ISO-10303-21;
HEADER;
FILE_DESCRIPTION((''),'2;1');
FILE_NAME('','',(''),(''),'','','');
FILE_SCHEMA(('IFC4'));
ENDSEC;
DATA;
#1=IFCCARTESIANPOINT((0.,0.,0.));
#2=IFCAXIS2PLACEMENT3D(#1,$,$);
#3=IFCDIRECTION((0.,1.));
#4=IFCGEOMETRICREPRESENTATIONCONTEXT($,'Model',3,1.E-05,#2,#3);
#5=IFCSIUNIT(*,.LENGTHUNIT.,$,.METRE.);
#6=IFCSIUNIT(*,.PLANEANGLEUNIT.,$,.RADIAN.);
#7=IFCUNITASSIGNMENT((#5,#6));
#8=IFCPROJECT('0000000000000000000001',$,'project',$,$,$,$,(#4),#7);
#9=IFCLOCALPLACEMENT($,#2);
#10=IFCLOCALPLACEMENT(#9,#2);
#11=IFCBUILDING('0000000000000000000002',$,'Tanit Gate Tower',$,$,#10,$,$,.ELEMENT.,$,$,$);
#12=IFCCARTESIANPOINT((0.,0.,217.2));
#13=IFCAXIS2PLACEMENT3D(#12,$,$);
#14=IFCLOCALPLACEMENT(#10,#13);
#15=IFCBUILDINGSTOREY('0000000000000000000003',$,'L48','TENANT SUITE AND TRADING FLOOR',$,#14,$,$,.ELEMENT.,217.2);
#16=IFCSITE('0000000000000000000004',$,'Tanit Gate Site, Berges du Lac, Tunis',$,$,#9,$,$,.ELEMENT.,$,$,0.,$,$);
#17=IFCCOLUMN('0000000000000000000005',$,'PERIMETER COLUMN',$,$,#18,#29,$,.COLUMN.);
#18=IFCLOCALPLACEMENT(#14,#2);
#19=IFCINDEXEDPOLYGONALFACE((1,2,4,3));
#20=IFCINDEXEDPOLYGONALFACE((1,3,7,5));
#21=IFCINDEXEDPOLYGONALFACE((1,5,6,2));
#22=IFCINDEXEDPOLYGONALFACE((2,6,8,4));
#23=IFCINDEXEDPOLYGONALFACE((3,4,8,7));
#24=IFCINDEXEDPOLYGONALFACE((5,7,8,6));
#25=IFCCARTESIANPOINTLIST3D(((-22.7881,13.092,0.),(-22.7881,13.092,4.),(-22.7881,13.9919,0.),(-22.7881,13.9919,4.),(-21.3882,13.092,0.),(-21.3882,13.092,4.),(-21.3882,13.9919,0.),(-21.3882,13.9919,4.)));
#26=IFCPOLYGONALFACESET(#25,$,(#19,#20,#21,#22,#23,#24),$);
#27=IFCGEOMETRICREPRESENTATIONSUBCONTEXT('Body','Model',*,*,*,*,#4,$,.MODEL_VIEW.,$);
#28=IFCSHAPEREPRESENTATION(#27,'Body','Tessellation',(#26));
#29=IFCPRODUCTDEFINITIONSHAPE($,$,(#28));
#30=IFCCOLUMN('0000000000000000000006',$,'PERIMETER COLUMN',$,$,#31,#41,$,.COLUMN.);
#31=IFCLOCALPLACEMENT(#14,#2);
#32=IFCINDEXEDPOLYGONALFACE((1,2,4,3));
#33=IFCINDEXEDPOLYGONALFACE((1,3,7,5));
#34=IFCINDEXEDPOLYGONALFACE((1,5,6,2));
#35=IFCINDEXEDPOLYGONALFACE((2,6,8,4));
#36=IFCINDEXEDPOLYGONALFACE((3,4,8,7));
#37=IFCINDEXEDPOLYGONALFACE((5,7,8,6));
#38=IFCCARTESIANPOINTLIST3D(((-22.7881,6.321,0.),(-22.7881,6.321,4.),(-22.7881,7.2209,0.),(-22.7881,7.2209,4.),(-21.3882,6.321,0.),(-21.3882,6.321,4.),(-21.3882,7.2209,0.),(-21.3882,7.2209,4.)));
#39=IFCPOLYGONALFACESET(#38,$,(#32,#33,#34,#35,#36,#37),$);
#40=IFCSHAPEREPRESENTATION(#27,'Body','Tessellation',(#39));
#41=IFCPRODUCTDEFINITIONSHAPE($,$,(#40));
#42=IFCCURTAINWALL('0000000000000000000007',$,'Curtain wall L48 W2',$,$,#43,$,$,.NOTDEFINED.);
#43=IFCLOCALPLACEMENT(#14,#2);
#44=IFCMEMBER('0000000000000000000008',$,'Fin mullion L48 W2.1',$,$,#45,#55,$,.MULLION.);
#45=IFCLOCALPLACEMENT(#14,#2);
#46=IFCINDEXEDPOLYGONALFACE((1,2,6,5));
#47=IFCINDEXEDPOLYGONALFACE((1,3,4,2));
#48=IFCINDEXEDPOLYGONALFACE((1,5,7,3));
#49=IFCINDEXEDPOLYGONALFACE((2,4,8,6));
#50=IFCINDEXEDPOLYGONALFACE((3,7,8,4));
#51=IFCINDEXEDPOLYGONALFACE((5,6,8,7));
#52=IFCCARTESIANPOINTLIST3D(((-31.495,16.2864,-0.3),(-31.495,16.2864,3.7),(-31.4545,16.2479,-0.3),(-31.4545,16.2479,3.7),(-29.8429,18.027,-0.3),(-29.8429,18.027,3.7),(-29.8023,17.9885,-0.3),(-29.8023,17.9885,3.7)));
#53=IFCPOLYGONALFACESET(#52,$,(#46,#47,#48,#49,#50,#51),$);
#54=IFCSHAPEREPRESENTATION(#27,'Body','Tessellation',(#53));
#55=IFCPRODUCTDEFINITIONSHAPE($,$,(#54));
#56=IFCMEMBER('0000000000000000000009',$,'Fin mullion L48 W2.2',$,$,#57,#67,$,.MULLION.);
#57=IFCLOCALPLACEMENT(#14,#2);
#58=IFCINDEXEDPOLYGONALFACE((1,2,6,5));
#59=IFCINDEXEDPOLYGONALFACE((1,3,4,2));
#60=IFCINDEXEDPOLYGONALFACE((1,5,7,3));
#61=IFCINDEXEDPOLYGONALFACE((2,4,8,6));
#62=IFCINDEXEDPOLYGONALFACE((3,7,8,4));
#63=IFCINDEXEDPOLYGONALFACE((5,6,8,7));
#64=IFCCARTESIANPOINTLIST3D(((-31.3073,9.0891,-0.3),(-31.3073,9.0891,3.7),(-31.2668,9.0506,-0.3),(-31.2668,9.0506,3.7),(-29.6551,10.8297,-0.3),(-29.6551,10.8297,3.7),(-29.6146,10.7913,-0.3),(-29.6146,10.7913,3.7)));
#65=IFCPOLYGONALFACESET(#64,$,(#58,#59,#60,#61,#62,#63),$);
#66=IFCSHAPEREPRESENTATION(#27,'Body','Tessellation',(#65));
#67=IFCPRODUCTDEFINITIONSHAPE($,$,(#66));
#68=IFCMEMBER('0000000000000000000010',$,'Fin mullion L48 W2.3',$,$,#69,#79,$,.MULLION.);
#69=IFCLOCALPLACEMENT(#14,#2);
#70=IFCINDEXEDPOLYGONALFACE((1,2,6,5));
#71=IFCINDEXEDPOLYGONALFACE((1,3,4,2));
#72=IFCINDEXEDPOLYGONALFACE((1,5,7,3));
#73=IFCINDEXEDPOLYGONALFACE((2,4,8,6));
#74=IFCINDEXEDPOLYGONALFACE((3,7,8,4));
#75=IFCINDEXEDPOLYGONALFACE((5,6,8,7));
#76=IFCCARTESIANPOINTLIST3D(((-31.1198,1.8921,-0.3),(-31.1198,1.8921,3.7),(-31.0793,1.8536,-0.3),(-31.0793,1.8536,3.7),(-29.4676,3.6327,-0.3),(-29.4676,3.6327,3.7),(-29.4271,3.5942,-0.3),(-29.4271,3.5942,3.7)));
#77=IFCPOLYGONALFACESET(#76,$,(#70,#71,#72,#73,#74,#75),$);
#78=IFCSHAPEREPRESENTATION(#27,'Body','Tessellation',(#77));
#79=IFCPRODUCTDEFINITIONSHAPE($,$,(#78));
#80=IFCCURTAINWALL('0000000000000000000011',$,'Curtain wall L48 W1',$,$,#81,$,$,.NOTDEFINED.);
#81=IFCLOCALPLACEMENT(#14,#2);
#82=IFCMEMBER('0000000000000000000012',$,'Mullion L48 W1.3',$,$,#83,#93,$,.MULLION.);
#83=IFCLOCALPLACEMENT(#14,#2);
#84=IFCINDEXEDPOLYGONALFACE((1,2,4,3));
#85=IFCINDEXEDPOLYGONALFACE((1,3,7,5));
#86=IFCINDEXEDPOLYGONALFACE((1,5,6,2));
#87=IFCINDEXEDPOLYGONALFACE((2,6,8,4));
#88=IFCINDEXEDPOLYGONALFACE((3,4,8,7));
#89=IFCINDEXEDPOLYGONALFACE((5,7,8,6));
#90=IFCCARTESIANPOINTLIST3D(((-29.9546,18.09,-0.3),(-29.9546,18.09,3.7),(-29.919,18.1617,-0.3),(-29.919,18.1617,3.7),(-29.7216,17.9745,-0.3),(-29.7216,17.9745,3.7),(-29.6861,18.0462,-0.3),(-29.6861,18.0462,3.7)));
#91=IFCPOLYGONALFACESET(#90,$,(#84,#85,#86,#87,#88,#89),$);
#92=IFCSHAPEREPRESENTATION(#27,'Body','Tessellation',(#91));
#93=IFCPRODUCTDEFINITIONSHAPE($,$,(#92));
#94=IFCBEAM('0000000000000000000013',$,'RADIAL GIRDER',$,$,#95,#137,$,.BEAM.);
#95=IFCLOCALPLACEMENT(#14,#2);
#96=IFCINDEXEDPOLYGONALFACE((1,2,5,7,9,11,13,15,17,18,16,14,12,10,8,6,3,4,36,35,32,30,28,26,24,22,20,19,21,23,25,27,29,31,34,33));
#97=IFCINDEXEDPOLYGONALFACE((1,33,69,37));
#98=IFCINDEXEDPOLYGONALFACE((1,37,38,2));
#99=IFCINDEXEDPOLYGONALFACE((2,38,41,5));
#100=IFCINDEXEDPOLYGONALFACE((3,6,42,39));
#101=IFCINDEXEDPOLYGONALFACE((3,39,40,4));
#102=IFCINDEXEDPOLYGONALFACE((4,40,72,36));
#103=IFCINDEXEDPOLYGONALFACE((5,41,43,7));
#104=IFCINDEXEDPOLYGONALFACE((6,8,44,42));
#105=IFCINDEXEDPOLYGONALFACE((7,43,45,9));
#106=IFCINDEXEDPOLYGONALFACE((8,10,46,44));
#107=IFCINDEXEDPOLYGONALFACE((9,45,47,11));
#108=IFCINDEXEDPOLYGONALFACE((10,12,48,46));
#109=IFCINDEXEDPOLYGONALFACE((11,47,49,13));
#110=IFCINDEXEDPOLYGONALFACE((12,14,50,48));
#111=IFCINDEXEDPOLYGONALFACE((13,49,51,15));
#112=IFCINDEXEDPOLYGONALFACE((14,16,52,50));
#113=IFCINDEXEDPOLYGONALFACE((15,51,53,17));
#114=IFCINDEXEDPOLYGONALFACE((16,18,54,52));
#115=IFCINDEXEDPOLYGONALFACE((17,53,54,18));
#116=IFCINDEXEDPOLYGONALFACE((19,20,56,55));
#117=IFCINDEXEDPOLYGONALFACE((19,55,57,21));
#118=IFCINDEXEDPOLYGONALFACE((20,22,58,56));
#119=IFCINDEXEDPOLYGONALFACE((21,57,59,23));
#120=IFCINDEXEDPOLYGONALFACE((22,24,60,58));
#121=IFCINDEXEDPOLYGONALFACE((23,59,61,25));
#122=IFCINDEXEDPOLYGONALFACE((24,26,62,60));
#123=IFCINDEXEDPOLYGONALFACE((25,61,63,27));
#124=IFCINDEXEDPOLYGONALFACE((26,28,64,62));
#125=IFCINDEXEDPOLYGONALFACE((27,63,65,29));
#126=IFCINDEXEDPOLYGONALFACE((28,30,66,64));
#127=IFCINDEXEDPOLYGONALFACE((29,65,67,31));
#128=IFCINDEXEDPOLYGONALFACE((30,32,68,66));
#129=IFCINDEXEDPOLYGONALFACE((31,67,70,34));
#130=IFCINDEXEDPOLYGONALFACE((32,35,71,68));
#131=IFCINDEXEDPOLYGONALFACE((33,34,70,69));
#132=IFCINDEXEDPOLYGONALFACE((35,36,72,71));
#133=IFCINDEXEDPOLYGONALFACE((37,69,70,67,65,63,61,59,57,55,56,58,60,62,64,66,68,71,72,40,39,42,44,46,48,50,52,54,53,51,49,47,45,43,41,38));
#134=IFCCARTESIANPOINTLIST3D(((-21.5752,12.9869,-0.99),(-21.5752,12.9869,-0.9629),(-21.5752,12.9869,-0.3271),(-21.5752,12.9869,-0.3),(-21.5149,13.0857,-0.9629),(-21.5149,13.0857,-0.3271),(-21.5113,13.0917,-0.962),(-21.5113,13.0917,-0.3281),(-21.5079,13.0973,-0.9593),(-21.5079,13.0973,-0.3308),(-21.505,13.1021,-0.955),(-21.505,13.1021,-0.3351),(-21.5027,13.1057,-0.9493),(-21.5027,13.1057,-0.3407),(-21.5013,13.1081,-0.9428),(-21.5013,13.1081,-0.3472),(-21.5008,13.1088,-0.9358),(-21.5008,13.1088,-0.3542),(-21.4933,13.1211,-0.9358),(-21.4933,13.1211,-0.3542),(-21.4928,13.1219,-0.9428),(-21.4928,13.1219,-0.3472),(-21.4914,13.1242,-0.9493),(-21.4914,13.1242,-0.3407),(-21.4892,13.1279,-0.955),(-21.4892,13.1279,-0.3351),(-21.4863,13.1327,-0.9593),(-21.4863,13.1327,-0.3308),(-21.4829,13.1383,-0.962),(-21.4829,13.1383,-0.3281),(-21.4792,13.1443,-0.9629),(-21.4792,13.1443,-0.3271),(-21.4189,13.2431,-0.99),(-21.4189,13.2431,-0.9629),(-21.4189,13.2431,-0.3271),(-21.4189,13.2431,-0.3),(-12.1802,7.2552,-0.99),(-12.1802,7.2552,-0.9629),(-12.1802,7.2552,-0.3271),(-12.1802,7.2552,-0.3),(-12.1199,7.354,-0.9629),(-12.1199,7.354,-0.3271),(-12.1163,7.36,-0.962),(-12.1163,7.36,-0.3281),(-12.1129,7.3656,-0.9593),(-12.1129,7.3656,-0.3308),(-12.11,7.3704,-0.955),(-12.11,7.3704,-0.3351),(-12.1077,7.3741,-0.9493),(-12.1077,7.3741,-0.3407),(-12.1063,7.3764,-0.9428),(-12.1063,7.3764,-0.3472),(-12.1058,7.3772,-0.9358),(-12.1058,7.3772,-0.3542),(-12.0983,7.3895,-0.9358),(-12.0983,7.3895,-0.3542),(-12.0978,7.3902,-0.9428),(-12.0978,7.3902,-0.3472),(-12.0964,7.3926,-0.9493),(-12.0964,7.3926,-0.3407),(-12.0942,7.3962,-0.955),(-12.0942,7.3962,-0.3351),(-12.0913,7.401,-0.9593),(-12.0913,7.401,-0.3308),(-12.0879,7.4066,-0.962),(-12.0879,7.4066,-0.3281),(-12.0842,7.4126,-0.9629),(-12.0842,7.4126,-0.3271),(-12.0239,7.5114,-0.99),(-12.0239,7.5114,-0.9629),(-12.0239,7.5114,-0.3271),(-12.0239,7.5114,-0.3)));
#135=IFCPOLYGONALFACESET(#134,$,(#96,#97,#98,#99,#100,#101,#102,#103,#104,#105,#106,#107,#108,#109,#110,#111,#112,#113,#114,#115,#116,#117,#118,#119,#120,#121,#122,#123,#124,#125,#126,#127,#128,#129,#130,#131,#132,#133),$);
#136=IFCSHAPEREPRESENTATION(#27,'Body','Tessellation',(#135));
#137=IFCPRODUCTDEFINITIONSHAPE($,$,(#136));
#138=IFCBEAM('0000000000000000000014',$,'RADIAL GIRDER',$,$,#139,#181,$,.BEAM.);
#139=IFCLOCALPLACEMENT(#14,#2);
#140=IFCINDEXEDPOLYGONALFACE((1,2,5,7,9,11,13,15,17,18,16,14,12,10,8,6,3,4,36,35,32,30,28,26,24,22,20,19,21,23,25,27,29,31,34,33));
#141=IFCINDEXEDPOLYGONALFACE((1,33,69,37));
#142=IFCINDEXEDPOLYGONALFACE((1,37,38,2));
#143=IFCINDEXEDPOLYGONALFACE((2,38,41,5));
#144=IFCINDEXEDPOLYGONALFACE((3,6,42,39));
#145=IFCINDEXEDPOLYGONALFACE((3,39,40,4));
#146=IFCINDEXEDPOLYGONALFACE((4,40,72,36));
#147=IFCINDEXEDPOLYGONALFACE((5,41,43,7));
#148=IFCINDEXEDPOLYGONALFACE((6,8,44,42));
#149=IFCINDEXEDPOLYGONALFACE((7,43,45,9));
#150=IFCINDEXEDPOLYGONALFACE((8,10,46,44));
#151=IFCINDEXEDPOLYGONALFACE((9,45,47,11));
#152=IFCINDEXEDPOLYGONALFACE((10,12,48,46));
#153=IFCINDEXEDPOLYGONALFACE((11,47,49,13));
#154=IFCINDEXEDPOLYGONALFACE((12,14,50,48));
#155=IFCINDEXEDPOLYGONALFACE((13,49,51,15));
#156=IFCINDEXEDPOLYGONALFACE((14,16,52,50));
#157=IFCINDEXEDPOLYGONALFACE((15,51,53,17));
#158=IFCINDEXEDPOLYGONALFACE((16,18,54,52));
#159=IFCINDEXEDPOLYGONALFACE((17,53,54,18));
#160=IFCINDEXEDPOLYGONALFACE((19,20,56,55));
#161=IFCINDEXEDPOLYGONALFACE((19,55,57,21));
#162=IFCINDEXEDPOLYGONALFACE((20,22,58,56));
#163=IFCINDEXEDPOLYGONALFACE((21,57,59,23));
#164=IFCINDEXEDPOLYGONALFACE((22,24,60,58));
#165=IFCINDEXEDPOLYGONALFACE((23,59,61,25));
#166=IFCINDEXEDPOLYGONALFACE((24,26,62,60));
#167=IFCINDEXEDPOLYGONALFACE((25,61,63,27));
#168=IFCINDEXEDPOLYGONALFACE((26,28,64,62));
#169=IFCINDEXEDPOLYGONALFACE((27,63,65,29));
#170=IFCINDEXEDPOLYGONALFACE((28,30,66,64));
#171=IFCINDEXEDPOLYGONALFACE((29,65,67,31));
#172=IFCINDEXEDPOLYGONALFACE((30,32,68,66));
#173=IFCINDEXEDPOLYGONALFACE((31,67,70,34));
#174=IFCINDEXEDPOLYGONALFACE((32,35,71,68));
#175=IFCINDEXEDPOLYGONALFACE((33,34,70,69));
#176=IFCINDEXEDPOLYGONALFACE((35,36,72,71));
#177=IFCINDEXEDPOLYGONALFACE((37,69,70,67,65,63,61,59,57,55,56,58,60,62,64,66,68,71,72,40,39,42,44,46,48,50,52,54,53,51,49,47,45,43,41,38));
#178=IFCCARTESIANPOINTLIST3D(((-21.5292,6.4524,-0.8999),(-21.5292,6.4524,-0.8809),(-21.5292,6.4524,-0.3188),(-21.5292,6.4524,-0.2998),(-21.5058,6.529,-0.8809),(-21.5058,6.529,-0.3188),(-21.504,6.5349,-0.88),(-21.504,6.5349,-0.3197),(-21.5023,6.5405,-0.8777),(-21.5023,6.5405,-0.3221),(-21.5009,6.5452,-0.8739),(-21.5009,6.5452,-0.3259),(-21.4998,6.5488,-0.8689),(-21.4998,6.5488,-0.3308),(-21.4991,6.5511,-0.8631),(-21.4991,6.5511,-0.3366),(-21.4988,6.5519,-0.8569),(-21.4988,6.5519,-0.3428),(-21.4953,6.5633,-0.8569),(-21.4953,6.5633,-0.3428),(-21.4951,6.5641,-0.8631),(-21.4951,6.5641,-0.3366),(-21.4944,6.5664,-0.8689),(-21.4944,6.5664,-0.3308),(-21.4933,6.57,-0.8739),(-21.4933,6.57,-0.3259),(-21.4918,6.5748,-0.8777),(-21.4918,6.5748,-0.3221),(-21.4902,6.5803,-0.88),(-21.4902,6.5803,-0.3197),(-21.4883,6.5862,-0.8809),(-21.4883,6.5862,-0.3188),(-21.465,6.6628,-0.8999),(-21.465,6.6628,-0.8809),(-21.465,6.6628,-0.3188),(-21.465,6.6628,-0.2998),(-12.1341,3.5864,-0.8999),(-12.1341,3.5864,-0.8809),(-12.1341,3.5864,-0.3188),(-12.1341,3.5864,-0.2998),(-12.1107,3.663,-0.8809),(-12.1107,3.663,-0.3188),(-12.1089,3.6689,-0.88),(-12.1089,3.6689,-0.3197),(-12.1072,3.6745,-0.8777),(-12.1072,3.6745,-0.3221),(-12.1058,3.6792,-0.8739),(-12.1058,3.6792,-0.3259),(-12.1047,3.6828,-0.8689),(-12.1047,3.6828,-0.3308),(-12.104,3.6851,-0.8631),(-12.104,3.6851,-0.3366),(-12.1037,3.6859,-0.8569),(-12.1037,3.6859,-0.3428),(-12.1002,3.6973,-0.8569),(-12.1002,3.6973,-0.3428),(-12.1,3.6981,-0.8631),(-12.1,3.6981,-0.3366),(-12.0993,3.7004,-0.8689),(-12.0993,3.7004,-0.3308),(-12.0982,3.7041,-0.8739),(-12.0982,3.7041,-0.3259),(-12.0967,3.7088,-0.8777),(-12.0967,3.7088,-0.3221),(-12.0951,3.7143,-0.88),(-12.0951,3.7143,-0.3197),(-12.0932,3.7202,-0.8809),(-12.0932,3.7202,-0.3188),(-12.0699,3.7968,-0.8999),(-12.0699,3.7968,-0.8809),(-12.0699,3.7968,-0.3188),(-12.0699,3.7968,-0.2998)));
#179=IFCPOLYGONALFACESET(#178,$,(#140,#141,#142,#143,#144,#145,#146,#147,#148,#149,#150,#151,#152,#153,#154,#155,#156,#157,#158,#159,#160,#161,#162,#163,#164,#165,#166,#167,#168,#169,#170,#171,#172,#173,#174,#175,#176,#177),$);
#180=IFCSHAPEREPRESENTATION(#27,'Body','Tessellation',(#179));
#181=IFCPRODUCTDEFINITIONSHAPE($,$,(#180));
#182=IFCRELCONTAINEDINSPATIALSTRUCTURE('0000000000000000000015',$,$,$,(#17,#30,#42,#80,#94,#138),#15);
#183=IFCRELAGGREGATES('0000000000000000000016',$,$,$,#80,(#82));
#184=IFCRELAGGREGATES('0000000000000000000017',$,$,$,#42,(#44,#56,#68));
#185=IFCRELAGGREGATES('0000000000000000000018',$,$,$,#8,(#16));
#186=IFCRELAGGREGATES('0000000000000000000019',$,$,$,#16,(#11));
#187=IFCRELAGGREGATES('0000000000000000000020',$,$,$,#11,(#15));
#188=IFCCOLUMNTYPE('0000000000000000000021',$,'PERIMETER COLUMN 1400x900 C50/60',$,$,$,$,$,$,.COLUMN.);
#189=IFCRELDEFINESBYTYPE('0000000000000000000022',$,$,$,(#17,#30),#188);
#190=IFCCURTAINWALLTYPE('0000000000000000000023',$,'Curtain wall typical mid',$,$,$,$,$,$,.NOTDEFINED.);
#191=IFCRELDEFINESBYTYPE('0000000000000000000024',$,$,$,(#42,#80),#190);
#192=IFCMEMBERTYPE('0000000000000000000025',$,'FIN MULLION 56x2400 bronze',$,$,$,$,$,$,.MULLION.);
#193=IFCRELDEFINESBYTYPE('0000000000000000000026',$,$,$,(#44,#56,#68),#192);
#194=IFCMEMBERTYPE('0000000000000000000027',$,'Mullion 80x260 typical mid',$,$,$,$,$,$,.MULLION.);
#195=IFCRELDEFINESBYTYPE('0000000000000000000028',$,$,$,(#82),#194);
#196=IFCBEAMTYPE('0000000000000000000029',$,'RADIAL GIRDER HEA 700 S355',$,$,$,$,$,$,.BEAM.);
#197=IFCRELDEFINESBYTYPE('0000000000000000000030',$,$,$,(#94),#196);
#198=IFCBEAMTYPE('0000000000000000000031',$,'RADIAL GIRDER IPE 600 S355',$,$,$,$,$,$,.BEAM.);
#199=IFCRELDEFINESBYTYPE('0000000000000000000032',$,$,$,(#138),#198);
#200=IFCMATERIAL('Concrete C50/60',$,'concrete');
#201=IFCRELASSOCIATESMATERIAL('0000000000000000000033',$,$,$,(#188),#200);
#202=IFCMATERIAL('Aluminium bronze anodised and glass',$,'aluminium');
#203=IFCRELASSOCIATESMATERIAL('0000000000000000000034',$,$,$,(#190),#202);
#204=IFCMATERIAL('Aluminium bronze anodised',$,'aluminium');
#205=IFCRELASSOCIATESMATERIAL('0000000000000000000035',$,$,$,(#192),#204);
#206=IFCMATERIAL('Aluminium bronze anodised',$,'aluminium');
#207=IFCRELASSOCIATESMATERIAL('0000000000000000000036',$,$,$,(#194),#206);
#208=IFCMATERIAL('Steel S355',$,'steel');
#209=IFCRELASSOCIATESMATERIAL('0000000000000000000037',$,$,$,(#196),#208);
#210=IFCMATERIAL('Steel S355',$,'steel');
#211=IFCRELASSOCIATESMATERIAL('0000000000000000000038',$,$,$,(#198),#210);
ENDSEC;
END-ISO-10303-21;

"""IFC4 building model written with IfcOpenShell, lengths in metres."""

from ifc_helpers import new_model, si_unit, direction, frame, origin, origin_2d, place, context, subcontext, project, spatial, rectangle, i_section, extrude, material, material_profile, profile_set, type_object, element, aggregate, save


model = new_model("IFC4")

# Units and contexts
model_context = context("Model", 3, precision=1e-05, world=origin(), true_north=direction((0.0, 1.0)))
body_context = subcontext(model_context, "Body", "Model", "MODEL_VIEW")
ifc_project = project(units=[si_unit("LENGTHUNIT", "METRE"), si_unit("PLANEANGLEUNIT", "RADIAN")], contexts=[model_context])

# Site, building, storey
site_placement = place(None, origin())
site = spatial("IfcSite", under=ifc_project, at=site_placement, Name="Tanit Gate Site, Berges du Lac, Tunis", CompositionType="ELEMENT", RefElevation=0.0)
building_placement = place(site_placement, origin())
building = spatial("IfcBuilding", under=site, at=building_placement, Name="Tanit Gate Tower", CompositionType="ELEMENT")
storey_placement = place(building_placement, frame((0.0, 0.0, 217.2)))
storey = spatial("IfcBuildingStorey", under=building, at=storey_placement, Name="L48", Description="TENANT SUITE AND TRADING FLOOR", CompositionType="ELEMENT", Elevation=217.2)

# Columns
ifc_material_1 = material(Name="Concrete C50/60", Category="concrete")
ifc_material_profile_1 = material_profile(ifc_material_1, rectangle(XDim=1.3999, YDim=0.8999, at=origin_2d()), Name="RC 1400x900")
ifc_profile_set_1 = profile_set([ifc_material_profile_1], Name="Concrete C50/60")
column_type = type_object("IfcColumnType", Name="PERIMETER COLUMN 1400x900 C50/60", PredefinedType="COLUMN", material=ifc_profile_set_1)
for number, where, z_axis, x_axis, name in (
    (1, (-22.0881, 13.542, 0.0), (0.0, 0.0, 1.0), (-1.0, 0.0, 0.0), "PERIMETER COLUMN"),
    (2, (-22.0881, 6.771, 0.0), (0.0, 0.0, 1.0), (-1.0, 0.0, 0.0), "PERIMETER COLUMN"),
):
    element("IfcColumn", number, at=place(storey_placement, frame(where, z_axis=z_axis, x_axis=x_axis)), inside=storey, type_object=column_type, Name=name, PredefinedType="COLUMN", context=body_context, shape_type="SweptSolid", body=[
        extrude(rectangle(XDim=1.3999, YDim=0.8999, at=origin_2d()), origin(), (0.0, 0.0, 1.0), 4.0),
    ])

# Curtain wall, members
ifc_material_2 = material(Name="Aluminium bronze anodised and glass", Category="aluminium")
curtain_wall_type = type_object("IfcCurtainWallType", Name="Curtain wall typical mid", PredefinedType="NOTDEFINED", material=ifc_material_2)
curtain_wall_1_placement = place(storey_placement, origin())
curtain_wall_1 = element("IfcCurtainWall", 3, at=curtain_wall_1_placement, inside=storey, type_object=curtain_wall_type, Name="Curtain wall L48 W2", PredefinedType="NOTDEFINED")
ifc_material_3 = material(Name="Aluminium bronze anodised", Category="aluminium")
ifc_material_profile_2 = material_profile(ifc_material_3, rectangle(XDim=2.3999, YDim=0.0559, at=origin_2d()), Name="56x2400 bronze fin mullion")
ifc_profile_set_2 = profile_set([ifc_material_profile_2], Name="Aluminium bronze anodised")
member_type_1 = type_object("IfcMemberType", Name="FIN MULLION 56x2400 bronze", PredefinedType="MULLION", material=ifc_profile_set_2)
member_1_placement = place(storey_placement, frame((-30.6487, 17.1375, -0.3), z_axis=(0.0, 0.0, 1.0), x_axis=(0.688438, 0.725296, 0.0)))
member_1 = element("IfcMember", 4, at=member_1_placement, type_object=member_type_1, Name="Fin mullion L48 W2.1", PredefinedType="MULLION", context=body_context, shape_type="SweptSolid", body=[
    extrude(rectangle(XDim=2.3999, YDim=0.0559, at=origin_2d()), origin(), (0.0, 0.0, 1.0), 4.0),
])
member_2_placement = place(storey_placement, frame((-30.4609, 9.9402, -0.3), z_axis=(0.0, 0.0, 1.0), x_axis=(0.688438, 0.725296, 0.0)))
member_2 = element("IfcMember", 5, at=member_2_placement, type_object=member_type_1, Name="Fin mullion L48 W2.2", PredefinedType="MULLION", context=body_context, shape_type="SweptSolid", body=[
    extrude(rectangle(XDim=2.3999, YDim=0.0559, at=origin_2d()), origin(), (0.0, 0.0, 1.0), 4.0),
])
member_3_placement = place(storey_placement, frame((-30.2734, 2.7432, -0.3), z_axis=(0.0, 0.0, 1.0), x_axis=(0.688438, 0.725296, 0.0)))
member_3 = element("IfcMember", 6, at=member_3_placement, type_object=member_type_1, Name="Fin mullion L48 W2.3", PredefinedType="MULLION", context=body_context, shape_type="SweptSolid", body=[
    extrude(rectangle(XDim=2.3999, YDim=0.0559, at=origin_2d()), origin(), (0.0, 0.0, 1.0), 4.0),
])

# Curtain wall, member
curtain_wall_2_placement = place(storey_placement, origin())
curtain_wall_2 = element("IfcCurtainWall", 7, at=curtain_wall_2_placement, inside=storey, type_object=curtain_wall_type, Name="Curtain wall L48 W1", PredefinedType="NOTDEFINED")
ifc_material_4 = material(Name="Aluminium bronze anodised", Category="aluminium")
ifc_material_profile_3 = material_profile(ifc_material_4, rectangle(XDim=0.26, YDim=0.0801, at=origin_2d()), Name="80x260 bronze mullion")
ifc_profile_set_3 = profile_set([ifc_material_profile_3], Name="Aluminium bronze anodised")
member_type_2 = type_object("IfcMemberType", Name="Mullion 80x260 typical mid", PredefinedType="MULLION", material=ifc_profile_set_3)
member_4_placement = place(storey_placement, frame((-29.8203, 18.0681, -0.3), z_axis=(0.0, 0.0, 1.0), x_axis=(0.895876, -0.444304, 0.0)))
member_4 = element("IfcMember", 8, at=member_4_placement, type_object=member_type_2, Name="Mullion L48 W1.3", PredefinedType="MULLION", context=body_context, shape_type="SweptSolid", body=[
    extrude(rectangle(XDim=0.26, YDim=0.0801, at=origin_2d()), origin(), (0.0, 0.0, 1.0), 4.0),
])
aggregate(curtain_wall_2, [member_4])

# Beams
ifc_material_5 = material(Name="Steel S355", Category="steel")
ifc_material_profile_4 = material_profile(ifc_material_5, i_section(OverallWidth=0.3, OverallDepth=0.6899, WebThickness=0.0144, FlangeThickness=0.0271, FilletRadius=0.0271, at=origin_2d()), Name="HEA 700")
ifc_profile_set_4 = profile_set([ifc_material_profile_4], Name="Steel S355")
beam_type_1 = type_object("IfcBeamType", Name="RADIAL GIRDER HEA 700 S355", PredefinedType="BEAM", material=ifc_profile_set_4)
beam_1_placement = place(storey_placement, frame((-21.4971, 13.115, -0.645), z_axis=(0.853674, -0.520807, 0.0), x_axis=(0.520807, 0.853674, 0.0)))
element("IfcBeam", 9, at=beam_1_placement, inside=storey, type_object=beam_type_1, Name="RADIAL GIRDER", PredefinedType="BEAM", context=body_context, shape_type="SweptSolid", body=[
    extrude(i_section(OverallWidth=0.3, OverallDepth=0.6899, WebThickness=0.0144, FlangeThickness=0.0271, FilletRadius=0.0271, at=origin_2d()), origin(), (0.0, 0.0, 1.0), 11.0054),
])
ifc_material_6 = material(Name="Steel S355", Category="steel")
ifc_material_profile_5 = material_profile(ifc_material_6, i_section(OverallWidth=0.22, OverallDepth=0.6001, WebThickness=0.012, FlangeThickness=0.019, FilletRadius=0.0239, at=origin_2d()), Name="IPE 600")
ifc_profile_set_5 = profile_set([ifc_material_profile_5], Name="Steel S355")
beam_type_2 = type_object("IfcBeamType", Name="RADIAL GIRDER IPE 600 S355", PredefinedType="BEAM", material=ifc_profile_set_5)
beam_2_placement = place(storey_placement, frame((-21.4971, 6.5576, -0.5999), z_axis=(0.956486, -0.291778, 0.0), x_axis=(0.291778, 0.956486, 0.0)))
element("IfcBeam", 10, at=beam_2_placement, inside=storey, type_object=beam_type_2, Name="RADIAL GIRDER", PredefinedType="BEAM", context=body_context, shape_type="SweptSolid", body=[
    extrude(i_section(OverallWidth=0.22, OverallDepth=0.6001, WebThickness=0.012, FlangeThickness=0.019, FilletRadius=0.0239, at=origin_2d()), origin(), (0.0, 0.0, 1.0), 9.8225),
])

aggregate(curtain_wall_1, [member_1, member_2, member_3])

save(model, "model.ifc")
